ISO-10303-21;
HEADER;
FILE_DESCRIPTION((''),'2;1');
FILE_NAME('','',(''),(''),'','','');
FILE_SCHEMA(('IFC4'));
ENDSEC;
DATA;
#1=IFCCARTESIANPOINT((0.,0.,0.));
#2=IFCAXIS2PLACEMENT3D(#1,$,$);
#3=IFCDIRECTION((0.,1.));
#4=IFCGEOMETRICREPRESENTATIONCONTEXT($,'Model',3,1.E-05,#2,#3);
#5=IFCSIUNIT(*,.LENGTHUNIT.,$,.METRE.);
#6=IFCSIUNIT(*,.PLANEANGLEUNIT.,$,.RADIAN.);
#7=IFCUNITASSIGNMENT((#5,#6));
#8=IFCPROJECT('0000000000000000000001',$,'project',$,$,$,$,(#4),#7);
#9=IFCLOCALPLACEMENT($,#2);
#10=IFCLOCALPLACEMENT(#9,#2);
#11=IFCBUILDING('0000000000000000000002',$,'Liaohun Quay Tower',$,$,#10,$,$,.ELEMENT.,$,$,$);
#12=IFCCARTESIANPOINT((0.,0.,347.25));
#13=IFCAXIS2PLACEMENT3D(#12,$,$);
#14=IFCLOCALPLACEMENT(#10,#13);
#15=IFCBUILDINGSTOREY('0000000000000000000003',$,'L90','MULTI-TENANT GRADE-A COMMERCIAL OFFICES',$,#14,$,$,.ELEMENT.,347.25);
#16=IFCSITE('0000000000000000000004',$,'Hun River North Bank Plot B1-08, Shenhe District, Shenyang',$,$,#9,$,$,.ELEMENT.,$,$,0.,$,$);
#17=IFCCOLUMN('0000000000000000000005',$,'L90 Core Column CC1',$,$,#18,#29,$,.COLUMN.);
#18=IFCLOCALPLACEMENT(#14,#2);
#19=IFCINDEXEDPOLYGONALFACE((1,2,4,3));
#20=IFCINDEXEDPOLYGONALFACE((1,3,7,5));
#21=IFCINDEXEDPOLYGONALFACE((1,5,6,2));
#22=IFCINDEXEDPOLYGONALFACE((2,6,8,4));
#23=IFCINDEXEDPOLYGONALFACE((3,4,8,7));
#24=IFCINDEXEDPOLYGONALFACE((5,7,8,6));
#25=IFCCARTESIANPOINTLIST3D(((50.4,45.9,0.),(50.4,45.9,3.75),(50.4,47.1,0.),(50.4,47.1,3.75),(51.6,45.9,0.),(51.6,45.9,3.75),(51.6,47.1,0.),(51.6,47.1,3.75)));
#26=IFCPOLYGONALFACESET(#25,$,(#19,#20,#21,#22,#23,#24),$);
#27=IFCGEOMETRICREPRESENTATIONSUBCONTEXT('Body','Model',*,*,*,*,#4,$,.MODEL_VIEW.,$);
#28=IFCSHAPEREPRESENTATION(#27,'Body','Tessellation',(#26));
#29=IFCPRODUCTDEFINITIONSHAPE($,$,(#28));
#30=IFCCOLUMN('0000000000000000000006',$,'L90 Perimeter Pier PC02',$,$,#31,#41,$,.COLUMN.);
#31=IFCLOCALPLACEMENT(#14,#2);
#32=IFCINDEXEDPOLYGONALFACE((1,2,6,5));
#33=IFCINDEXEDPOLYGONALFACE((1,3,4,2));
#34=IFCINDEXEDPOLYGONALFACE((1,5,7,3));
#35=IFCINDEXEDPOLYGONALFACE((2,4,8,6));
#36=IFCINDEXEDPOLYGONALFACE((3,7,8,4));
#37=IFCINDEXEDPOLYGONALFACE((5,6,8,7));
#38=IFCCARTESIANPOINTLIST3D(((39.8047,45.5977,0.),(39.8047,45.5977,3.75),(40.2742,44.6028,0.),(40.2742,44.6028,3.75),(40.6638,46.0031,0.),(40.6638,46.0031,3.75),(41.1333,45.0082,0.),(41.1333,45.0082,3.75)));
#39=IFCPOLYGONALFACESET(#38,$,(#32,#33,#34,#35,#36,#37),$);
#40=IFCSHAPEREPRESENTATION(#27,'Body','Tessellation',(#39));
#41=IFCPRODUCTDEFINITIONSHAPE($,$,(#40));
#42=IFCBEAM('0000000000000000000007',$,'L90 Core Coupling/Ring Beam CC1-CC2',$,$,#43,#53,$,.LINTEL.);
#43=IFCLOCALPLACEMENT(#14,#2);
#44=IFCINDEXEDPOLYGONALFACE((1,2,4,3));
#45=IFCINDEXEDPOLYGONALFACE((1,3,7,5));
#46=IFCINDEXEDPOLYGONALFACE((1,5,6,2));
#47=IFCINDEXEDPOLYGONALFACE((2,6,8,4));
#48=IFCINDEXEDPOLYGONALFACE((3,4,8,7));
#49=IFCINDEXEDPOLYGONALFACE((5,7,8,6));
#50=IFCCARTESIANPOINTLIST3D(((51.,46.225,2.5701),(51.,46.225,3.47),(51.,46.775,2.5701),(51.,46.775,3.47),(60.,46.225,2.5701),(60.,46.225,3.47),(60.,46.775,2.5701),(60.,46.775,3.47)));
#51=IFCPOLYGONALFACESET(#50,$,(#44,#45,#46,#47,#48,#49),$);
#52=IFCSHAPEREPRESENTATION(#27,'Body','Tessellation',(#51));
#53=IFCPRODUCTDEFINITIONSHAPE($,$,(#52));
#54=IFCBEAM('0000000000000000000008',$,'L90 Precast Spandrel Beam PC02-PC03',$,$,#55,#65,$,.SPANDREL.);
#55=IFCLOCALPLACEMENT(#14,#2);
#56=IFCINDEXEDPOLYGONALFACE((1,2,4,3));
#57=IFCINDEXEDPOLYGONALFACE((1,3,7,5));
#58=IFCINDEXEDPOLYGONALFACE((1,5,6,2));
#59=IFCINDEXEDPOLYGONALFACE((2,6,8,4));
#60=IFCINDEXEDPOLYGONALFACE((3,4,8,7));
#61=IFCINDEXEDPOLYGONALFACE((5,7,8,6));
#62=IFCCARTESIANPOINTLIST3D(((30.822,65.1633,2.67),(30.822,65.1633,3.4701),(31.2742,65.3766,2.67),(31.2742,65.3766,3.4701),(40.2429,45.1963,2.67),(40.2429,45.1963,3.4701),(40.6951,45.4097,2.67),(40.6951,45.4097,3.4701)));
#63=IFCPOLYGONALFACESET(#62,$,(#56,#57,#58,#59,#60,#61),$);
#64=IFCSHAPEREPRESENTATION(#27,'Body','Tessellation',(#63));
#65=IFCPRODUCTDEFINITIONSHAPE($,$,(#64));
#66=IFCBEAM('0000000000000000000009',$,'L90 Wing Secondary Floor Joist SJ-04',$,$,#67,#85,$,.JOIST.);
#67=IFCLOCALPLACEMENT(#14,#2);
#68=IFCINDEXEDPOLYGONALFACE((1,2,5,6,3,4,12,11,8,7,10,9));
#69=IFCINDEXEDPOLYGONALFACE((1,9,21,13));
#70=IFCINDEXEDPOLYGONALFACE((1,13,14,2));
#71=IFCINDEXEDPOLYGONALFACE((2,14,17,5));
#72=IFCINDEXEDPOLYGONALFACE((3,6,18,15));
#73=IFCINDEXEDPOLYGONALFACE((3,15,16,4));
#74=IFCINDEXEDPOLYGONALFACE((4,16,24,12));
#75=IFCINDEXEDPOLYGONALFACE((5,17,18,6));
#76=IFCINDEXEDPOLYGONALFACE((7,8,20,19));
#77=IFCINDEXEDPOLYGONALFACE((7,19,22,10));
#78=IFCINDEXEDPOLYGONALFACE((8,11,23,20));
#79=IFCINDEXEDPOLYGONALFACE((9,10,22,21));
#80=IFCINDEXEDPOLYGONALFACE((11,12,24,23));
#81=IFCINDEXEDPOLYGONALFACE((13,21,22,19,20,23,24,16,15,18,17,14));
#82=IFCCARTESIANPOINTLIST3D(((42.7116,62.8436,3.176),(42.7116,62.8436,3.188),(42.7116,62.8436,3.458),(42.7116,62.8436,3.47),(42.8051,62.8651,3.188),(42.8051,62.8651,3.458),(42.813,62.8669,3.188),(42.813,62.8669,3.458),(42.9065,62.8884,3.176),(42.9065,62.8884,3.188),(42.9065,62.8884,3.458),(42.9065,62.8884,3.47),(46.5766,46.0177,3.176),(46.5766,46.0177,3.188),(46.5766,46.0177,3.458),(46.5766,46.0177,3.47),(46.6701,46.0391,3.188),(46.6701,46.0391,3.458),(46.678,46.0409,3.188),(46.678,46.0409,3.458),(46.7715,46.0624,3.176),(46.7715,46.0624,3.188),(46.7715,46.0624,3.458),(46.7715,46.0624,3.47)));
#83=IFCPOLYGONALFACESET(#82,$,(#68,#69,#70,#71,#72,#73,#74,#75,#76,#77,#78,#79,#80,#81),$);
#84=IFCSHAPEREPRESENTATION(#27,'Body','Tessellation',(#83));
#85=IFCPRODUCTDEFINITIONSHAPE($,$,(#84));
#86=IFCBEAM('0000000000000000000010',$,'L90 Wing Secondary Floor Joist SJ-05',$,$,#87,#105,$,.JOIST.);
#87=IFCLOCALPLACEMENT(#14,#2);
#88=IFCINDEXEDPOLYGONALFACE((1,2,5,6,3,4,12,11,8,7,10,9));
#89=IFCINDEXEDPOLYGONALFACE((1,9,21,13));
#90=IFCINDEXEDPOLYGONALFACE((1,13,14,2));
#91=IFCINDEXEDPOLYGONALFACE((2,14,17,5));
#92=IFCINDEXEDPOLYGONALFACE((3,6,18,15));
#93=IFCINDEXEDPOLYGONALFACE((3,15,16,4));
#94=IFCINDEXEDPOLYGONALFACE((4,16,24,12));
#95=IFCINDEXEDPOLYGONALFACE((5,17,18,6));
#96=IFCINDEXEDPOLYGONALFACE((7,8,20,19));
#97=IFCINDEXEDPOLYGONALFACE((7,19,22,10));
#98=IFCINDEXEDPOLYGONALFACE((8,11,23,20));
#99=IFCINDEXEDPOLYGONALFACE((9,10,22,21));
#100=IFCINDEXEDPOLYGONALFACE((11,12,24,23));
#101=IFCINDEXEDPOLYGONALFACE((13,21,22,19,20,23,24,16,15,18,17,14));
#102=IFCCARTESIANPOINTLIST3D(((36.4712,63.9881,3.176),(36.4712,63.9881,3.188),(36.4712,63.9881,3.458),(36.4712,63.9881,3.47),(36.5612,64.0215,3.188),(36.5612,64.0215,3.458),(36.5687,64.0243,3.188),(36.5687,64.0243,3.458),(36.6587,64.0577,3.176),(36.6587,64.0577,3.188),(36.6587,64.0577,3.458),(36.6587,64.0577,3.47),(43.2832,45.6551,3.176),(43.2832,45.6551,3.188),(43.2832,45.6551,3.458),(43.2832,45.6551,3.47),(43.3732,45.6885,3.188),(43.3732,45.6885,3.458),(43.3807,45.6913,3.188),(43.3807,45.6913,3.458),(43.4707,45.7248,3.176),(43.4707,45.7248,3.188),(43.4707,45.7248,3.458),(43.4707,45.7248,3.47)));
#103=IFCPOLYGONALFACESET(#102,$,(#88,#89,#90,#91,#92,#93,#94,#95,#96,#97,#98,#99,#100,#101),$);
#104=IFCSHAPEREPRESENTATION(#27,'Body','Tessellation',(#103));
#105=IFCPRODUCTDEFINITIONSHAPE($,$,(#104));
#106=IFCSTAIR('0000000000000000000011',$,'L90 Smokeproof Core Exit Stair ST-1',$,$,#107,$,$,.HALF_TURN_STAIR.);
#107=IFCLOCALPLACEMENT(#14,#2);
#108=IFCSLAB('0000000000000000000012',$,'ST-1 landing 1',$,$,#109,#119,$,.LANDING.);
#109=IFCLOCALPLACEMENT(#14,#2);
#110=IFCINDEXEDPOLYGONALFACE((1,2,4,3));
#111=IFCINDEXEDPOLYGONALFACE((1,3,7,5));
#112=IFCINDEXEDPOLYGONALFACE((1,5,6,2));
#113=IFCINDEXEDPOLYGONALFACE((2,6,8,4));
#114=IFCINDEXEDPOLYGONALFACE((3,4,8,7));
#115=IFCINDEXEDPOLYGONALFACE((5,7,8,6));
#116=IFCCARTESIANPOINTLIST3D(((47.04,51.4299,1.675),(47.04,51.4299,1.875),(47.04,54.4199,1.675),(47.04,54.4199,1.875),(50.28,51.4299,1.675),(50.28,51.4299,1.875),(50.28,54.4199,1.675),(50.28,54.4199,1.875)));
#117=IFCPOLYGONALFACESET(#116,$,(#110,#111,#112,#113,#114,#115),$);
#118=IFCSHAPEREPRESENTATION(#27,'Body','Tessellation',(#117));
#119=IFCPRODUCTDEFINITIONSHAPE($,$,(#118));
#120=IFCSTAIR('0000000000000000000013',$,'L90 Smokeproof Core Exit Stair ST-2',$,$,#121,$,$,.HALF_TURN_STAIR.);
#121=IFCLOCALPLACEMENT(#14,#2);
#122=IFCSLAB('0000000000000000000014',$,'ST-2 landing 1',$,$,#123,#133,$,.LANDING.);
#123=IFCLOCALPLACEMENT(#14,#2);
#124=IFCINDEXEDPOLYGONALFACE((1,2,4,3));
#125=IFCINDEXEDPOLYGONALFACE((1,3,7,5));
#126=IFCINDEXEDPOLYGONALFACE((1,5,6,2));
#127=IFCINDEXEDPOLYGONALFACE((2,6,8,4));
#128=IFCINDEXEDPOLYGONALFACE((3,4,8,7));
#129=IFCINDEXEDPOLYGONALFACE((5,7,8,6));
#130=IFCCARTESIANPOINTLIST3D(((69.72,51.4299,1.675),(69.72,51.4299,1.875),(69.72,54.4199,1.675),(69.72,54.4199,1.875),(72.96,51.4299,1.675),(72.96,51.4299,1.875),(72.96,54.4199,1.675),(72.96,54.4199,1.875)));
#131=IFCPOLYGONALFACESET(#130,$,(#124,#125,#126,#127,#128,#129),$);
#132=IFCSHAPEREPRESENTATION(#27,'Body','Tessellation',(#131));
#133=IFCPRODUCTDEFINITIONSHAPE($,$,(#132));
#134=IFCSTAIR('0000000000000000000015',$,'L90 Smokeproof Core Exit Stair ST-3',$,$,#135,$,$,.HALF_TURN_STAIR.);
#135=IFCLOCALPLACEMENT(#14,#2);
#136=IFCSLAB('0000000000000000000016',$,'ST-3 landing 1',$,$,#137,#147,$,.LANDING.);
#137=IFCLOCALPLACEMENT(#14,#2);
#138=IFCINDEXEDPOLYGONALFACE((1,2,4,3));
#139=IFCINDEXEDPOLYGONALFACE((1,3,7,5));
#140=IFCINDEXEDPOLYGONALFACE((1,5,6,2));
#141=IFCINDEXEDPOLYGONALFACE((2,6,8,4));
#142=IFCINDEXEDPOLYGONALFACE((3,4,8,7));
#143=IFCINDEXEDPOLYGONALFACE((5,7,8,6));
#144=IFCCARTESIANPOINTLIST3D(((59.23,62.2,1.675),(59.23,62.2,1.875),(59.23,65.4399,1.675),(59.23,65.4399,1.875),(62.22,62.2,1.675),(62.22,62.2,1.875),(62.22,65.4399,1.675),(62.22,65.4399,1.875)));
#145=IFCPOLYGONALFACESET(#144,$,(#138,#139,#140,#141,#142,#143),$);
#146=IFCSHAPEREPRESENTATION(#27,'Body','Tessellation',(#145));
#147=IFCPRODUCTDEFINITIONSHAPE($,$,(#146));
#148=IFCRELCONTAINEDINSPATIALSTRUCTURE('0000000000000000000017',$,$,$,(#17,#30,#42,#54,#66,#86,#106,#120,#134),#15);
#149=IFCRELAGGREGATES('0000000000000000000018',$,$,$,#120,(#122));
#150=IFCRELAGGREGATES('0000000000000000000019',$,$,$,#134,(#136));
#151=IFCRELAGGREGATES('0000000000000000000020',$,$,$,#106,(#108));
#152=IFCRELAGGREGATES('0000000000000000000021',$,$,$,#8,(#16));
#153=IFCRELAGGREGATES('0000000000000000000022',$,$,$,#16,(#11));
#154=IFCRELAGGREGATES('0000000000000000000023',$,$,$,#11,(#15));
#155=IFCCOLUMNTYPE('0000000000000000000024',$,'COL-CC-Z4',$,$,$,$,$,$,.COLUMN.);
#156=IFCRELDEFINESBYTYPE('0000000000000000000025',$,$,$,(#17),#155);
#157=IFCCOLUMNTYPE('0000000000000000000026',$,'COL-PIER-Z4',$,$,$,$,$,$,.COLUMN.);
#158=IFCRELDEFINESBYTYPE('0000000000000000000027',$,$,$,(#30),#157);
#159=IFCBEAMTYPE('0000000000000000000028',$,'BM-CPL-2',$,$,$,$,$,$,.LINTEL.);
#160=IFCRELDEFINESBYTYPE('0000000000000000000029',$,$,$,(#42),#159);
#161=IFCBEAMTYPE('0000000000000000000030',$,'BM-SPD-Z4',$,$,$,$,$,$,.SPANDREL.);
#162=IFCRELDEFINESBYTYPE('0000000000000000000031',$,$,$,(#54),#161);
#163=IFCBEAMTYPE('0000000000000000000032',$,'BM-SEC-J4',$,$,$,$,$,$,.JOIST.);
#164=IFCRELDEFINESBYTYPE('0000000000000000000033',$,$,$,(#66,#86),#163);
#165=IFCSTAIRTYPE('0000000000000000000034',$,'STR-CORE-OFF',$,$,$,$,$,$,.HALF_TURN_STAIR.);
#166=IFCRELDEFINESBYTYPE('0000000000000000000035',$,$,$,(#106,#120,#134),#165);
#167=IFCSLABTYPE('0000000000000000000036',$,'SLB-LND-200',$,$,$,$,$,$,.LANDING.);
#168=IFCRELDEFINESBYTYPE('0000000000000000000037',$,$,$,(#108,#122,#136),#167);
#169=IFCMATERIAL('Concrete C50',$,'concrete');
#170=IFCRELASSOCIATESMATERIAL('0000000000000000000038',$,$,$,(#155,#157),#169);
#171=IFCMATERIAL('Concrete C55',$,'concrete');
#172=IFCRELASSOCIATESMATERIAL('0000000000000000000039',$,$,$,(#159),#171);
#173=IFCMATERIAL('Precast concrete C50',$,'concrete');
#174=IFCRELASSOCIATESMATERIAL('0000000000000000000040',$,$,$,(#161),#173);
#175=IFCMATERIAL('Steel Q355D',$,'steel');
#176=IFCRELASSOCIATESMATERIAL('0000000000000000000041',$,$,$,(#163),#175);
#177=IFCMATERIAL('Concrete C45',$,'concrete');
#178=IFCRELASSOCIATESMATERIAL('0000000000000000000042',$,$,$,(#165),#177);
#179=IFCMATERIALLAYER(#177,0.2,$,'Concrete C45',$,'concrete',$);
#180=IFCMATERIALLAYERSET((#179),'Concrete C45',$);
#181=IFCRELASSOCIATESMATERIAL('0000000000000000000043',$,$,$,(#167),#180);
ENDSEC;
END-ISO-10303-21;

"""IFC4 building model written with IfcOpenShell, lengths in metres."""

from ifc_helpers import new_model, si_unit, direction, frame, origin, origin_2d, place, context, subcontext, project, spatial, polyline, rectangle, i_section, outline, extrude, source, transform, mapped, material, layer, layer_set, material_profile, profile_set, type_object, element, aggregate, save


model = new_model("IFC4")

# Units and contexts
model_context = context("Model", 3, precision=1e-05, world=origin(), true_north=direction((0.0, 1.0)))
body_context = subcontext(model_context, "Body", "Model", "MODEL_VIEW")
ifc_project = project(units=[si_unit("LENGTHUNIT", "METRE"), si_unit("PLANEANGLEUNIT", "RADIAN")], contexts=[model_context])

# Site, building, storey
site_placement = place(None, origin())
site = spatial("IfcSite", under=ifc_project, at=site_placement, Name="Hun River North Bank Plot B1-08, Shenhe District, Shenyang", CompositionType="ELEMENT", RefElevation=0.0)
building_placement = place(site_placement, origin())
building = spatial("IfcBuilding", under=site, at=building_placement, Name="Liaohun Quay Tower", CompositionType="ELEMENT")
storey_placement = place(building_placement, frame((0.0, 0.0, 347.25)))
storey = spatial("IfcBuildingStorey", under=building, at=storey_placement, Name="L90", Description="MULTI-TENANT GRADE-A COMMERCIAL OFFICES", CompositionType="ELEMENT", Elevation=347.25)

# Columns
ifc_material_1 = material(Name="Concrete C50", Category="concrete")
ifc_material_profile_1 = material_profile(ifc_material_1, rectangle(XDim=1.2, YDim=1.2, at=origin_2d()), Name="RC1200x1200")
ifc_profile_set_1 = profile_set([ifc_material_profile_1], Name="Concrete C50")
column_type_1 = type_object("IfcColumnType", Name="COL-CC-Z4", PredefinedType="COLUMN", material=ifc_profile_set_1)
shared_shape_1 = source(origin(), body_context, "Body", "SweptSolid", [
    extrude(rectangle(XDim=1.2, YDim=1.2, at=origin_2d()), origin(), (0.0, 0.0, 1.0), 3.75),
])
column_1_placement = place(storey_placement, frame((51.0, 46.5, 0.0), z_axis=(0.0, 0.0, 1.0), x_axis=(1.0, 0.0, 0.0)))
element("IfcColumn", 1, at=column_1_placement, inside=storey, type_object=column_type_1, Name="L90 Core Column CC1", PredefinedType="COLUMN", context=body_context, shape_type="MappedRepresentation", body=[
    mapped(shared_shape_1, transform((0.0, 0.0, 0.0), x_axis=(1.0, 0.0, 0.0), y_axis=(0.0, 1.0, 0.0), z_axis=(0.0, 0.0, 1.0), scale=1.0)),
])
ifc_material_profile_2 = material_profile(ifc_material_1, rectangle(XDim=1.1001, YDim=0.95, at=origin_2d()), Name="RC1100x950")
ifc_profile_set_2 = profile_set([ifc_material_profile_2], Name="Concrete C50")
column_type_2 = type_object("IfcColumnType", Name="COL-PIER-Z4", PredefinedType="COLUMN", material=ifc_profile_set_2)
shared_shape_2 = source(origin(), body_context, "Body", "SweptSolid", [
    extrude(rectangle(XDim=1.1001, YDim=0.95, at=origin_2d()), origin(), (0.0, 0.0, 1.0), 3.75),
])
column_2_placement = place(storey_placement, frame((40.469, 45.303, 0.0), z_axis=(0.0, 0.0, 1.0), x_axis=(-0.426727, 0.904381, 0.0)))
element("IfcColumn", 2, at=column_2_placement, inside=storey, type_object=column_type_2, Name="L90 Perimeter Pier PC02", PredefinedType="COLUMN", context=body_context, shape_type="MappedRepresentation", body=[
    mapped(shared_shape_2, transform((0.0, 0.0, 0.0), x_axis=(1.0, 0.0, 0.0), y_axis=(0.0, 1.0, 0.0), z_axis=(0.0, 0.0, 1.0), scale=1.0)),
])

# Beams
ifc_material_2 = material(Name="Concrete C55", Category="concrete")
ifc_material_profile_3 = material_profile(ifc_material_2, rectangle(XDim=0.55, YDim=0.8999, at=origin_2d()), Name="RC550x900")
ifc_profile_set_3 = profile_set([ifc_material_profile_3], Name="Concrete C55")
beam_type_1 = type_object("IfcBeamType", Name="BM-CPL-2", PredefinedType="LINTEL", material=ifc_profile_set_3)
shared_shape_3 = source(origin(), body_context, "Body", "SweptSolid", [
    extrude(rectangle(XDim=0.55, YDim=0.8999, at=origin_2d()), origin(), (0.0, 0.0, 1.0), 9.0),
])
beam_1_placement = place(storey_placement, frame((51.0, 46.5, 3.02), z_axis=(1.0, 0.0, 0.0), x_axis=(0.0, 1.0, 0.0)))
element("IfcBeam", 3, at=beam_1_placement, inside=storey, type_object=beam_type_1, Name="L90 Core Coupling/Ring Beam CC1-CC2", PredefinedType="LINTEL", context=body_context, shape_type="MappedRepresentation", body=[
    mapped(shared_shape_3, transform((0.0, 0.0, 0.0), x_axis=(1.0, 0.0, 0.0), y_axis=(0.0, 1.0, 0.0), z_axis=(0.0, 0.0, 1.0), scale=1.0)),
])
ifc_material_3 = material(Name="Precast concrete C50", Category="concrete")
ifc_material_profile_4 = material_profile(ifc_material_3, rectangle(XDim=0.5, YDim=0.8, at=origin_2d()), Name="RC500x800")
ifc_profile_set_4 = profile_set([ifc_material_profile_4], Name="Precast concrete C50")
beam_type_2 = type_object("IfcBeamType", Name="BM-SPD-Z4", PredefinedType="SPANDREL", material=ifc_profile_set_4)
shared_shape_4 = source(origin(), body_context, "Body", "SweptSolid", [
    extrude(rectangle(XDim=0.5, YDim=0.8, at=origin_2d()), origin(), (0.0, 0.0, 1.0), 22.0779),
])
beam_2_placement = place(storey_placement, frame((40.469, 45.303, 3.0701), z_axis=(-0.426711, 0.904388, 0.0), x_axis=(-0.904388, -0.426711, 0.0)))
element("IfcBeam", 4, at=beam_2_placement, inside=storey, type_object=beam_type_2, Name="L90 Precast Spandrel Beam PC02-PC03", PredefinedType="SPANDREL", context=body_context, shape_type="MappedRepresentation", body=[
    mapped(shared_shape_4, transform((0.0, 0.0, 0.0), x_axis=(1.0, 0.0, 0.0), y_axis=(0.0, 1.0, 0.0), z_axis=(0.0, 0.0, 1.0), scale=1.0)),
])
ifc_material_4 = material(Name="Steel Q355D", Category="steel")
ifc_material_profile_5 = material_profile(ifc_material_4, i_section(OverallWidth=0.2, OverallDepth=0.2939, WebThickness=0.0081, FlangeThickness=0.012, at=origin_2d()), Name="HM294x200x8x12")
ifc_profile_set_5 = profile_set([ifc_material_profile_5], Name="Steel Q355D")
beam_type_3 = type_object("IfcBeamType", Name="BM-SEC-J4", PredefinedType="JOIST", material=ifc_profile_set_5)
shared_shape_5 = source(origin(), body_context, "Body", "SweptSolid", [
    extrude(i_section(OverallWidth=0.2, OverallDepth=0.2939, WebThickness=0.0081, FlangeThickness=0.012, at=origin_2d()), origin(), (0.0, 0.0, 1.0), 17.2642),
])
beam_3_placement = place(storey_placement, frame((46.6741, 46.04, 3.323), z_axis=(-0.223874, 0.974618, 0.0), x_axis=(-0.974618, -0.223874, 0.0)))
element("IfcBeam", 5, at=beam_3_placement, inside=storey, type_object=beam_type_3, Name="L90 Wing Secondary Floor Joist SJ-04", PredefinedType="JOIST", context=body_context, shape_type="MappedRepresentation", body=[
    mapped(shared_shape_5, transform((0.0, 0.0, 0.0), x_axis=(1.0, 0.0, 0.0), y_axis=(0.0, 1.0, 0.0), z_axis=(0.0, 0.0, 1.0), scale=1.0)),
])
shared_shape_6 = source(origin(), body_context, "Body", "SweptSolid", [
    extrude(i_section(OverallWidth=0.2, OverallDepth=0.2939, WebThickness=0.0081, FlangeThickness=0.012, at=origin_2d()), origin(), (0.0, 0.0, 1.0), 19.5576),
])
beam_4_placement = place(storey_placement, frame((43.377, 45.6899, 3.323), z_axis=(-0.348304, 0.937382, 0.0), x_axis=(-0.937382, -0.348304, 0.0)))
element("IfcBeam", 6, at=beam_4_placement, inside=storey, type_object=beam_type_3, Name="L90 Wing Secondary Floor Joist SJ-05", PredefinedType="JOIST", context=body_context, shape_type="MappedRepresentation", body=[
    mapped(shared_shape_6, transform((0.0, 0.0, 0.0), x_axis=(1.0, 0.0, 0.0), y_axis=(0.0, 1.0, 0.0), z_axis=(0.0, 0.0, 1.0), scale=1.0)),
])

# Stairs, slabs
ifc_material_5 = material(Name="Concrete C45", Category="concrete")
stair_type = type_object("IfcStairType", Name="STR-CORE-OFF", PredefinedType="HALF_TURN_STAIR", material=ifc_material_5)
stair_1_placement = place(storey_placement, origin())
stair_1 = element("IfcStair", 7, at=stair_1_placement, inside=storey, type_object=stair_type, Name="L90 Smokeproof Core Exit Stair ST-1", PredefinedType="HALF_TURN_STAIR")
ifc_layer_1 = layer(ifc_material_5, 0.2, Name="Concrete C45", Category="concrete")
ifc_layer_set_1 = layer_set([ifc_layer_1], Name="Concrete C45")
slab_type_1 = type_object("IfcSlabType", Name="SLB-LND-200", PredefinedType="LANDING", material=ifc_layer_set_1)
slab_1_placement = place(storey_placement, frame((0.0, 0.0, 1.675)))
slab_1 = element("IfcSlab", 8, at=slab_1_placement, type_object=slab_type_1, Name="ST-1 landing 1", PredefinedType="LANDING", context=body_context, shape_type="SweptSolid", body=[
    extrude(outline(polyline([(50.28, 51.4299), (50.28, 54.4199), (47.04, 54.4199), (47.04, 51.4299), (50.28, 51.4299)])), origin(), (0.0, 0.0, 1.0), 0.2),
])
stair_2_placement = place(storey_placement, origin())
stair_2 = element("IfcStair", 9, at=stair_2_placement, inside=storey, type_object=stair_type, Name="L90 Smokeproof Core Exit Stair ST-2", PredefinedType="HALF_TURN_STAIR")
slab_2_placement = place(storey_placement, frame((0.0, 0.0, 1.675)))
slab_2 = element("IfcSlab", 10, at=slab_2_placement, type_object=slab_type_1, Name="ST-2 landing 1", PredefinedType="LANDING", context=body_context, shape_type="SweptSolid", body=[
    extrude(outline(polyline([(72.96, 51.4299), (72.96, 54.4199), (69.72, 54.4199), (69.72, 51.4299), (72.96, 51.4299)])), origin(), (0.0, 0.0, 1.0), 0.2),
])
aggregate(stair_2, [slab_2])
stair_3_placement = place(storey_placement, origin())
stair_3 = element("IfcStair", 11, at=stair_3_placement, inside=storey, type_object=stair_type, Name="L90 Smokeproof Core Exit Stair ST-3", PredefinedType="HALF_TURN_STAIR")
slab_3_placement = place(storey_placement, frame((0.0, 0.0, 1.675)))
slab_3 = element("IfcSlab", 12, at=slab_3_placement, type_object=slab_type_1, Name="ST-3 landing 1", PredefinedType="LANDING", context=body_context, shape_type="SweptSolid", body=[
    extrude(outline(polyline([(59.23, 62.2), (62.22, 62.2), (62.22, 65.4399), (59.23, 65.4399), (59.23, 62.2)])), origin(), (0.0, 0.0, 1.0), 0.2),
])
aggregate(stair_3, [slab_3])

aggregate(stair_1, [slab_1])

save(model, "model.ifc")
